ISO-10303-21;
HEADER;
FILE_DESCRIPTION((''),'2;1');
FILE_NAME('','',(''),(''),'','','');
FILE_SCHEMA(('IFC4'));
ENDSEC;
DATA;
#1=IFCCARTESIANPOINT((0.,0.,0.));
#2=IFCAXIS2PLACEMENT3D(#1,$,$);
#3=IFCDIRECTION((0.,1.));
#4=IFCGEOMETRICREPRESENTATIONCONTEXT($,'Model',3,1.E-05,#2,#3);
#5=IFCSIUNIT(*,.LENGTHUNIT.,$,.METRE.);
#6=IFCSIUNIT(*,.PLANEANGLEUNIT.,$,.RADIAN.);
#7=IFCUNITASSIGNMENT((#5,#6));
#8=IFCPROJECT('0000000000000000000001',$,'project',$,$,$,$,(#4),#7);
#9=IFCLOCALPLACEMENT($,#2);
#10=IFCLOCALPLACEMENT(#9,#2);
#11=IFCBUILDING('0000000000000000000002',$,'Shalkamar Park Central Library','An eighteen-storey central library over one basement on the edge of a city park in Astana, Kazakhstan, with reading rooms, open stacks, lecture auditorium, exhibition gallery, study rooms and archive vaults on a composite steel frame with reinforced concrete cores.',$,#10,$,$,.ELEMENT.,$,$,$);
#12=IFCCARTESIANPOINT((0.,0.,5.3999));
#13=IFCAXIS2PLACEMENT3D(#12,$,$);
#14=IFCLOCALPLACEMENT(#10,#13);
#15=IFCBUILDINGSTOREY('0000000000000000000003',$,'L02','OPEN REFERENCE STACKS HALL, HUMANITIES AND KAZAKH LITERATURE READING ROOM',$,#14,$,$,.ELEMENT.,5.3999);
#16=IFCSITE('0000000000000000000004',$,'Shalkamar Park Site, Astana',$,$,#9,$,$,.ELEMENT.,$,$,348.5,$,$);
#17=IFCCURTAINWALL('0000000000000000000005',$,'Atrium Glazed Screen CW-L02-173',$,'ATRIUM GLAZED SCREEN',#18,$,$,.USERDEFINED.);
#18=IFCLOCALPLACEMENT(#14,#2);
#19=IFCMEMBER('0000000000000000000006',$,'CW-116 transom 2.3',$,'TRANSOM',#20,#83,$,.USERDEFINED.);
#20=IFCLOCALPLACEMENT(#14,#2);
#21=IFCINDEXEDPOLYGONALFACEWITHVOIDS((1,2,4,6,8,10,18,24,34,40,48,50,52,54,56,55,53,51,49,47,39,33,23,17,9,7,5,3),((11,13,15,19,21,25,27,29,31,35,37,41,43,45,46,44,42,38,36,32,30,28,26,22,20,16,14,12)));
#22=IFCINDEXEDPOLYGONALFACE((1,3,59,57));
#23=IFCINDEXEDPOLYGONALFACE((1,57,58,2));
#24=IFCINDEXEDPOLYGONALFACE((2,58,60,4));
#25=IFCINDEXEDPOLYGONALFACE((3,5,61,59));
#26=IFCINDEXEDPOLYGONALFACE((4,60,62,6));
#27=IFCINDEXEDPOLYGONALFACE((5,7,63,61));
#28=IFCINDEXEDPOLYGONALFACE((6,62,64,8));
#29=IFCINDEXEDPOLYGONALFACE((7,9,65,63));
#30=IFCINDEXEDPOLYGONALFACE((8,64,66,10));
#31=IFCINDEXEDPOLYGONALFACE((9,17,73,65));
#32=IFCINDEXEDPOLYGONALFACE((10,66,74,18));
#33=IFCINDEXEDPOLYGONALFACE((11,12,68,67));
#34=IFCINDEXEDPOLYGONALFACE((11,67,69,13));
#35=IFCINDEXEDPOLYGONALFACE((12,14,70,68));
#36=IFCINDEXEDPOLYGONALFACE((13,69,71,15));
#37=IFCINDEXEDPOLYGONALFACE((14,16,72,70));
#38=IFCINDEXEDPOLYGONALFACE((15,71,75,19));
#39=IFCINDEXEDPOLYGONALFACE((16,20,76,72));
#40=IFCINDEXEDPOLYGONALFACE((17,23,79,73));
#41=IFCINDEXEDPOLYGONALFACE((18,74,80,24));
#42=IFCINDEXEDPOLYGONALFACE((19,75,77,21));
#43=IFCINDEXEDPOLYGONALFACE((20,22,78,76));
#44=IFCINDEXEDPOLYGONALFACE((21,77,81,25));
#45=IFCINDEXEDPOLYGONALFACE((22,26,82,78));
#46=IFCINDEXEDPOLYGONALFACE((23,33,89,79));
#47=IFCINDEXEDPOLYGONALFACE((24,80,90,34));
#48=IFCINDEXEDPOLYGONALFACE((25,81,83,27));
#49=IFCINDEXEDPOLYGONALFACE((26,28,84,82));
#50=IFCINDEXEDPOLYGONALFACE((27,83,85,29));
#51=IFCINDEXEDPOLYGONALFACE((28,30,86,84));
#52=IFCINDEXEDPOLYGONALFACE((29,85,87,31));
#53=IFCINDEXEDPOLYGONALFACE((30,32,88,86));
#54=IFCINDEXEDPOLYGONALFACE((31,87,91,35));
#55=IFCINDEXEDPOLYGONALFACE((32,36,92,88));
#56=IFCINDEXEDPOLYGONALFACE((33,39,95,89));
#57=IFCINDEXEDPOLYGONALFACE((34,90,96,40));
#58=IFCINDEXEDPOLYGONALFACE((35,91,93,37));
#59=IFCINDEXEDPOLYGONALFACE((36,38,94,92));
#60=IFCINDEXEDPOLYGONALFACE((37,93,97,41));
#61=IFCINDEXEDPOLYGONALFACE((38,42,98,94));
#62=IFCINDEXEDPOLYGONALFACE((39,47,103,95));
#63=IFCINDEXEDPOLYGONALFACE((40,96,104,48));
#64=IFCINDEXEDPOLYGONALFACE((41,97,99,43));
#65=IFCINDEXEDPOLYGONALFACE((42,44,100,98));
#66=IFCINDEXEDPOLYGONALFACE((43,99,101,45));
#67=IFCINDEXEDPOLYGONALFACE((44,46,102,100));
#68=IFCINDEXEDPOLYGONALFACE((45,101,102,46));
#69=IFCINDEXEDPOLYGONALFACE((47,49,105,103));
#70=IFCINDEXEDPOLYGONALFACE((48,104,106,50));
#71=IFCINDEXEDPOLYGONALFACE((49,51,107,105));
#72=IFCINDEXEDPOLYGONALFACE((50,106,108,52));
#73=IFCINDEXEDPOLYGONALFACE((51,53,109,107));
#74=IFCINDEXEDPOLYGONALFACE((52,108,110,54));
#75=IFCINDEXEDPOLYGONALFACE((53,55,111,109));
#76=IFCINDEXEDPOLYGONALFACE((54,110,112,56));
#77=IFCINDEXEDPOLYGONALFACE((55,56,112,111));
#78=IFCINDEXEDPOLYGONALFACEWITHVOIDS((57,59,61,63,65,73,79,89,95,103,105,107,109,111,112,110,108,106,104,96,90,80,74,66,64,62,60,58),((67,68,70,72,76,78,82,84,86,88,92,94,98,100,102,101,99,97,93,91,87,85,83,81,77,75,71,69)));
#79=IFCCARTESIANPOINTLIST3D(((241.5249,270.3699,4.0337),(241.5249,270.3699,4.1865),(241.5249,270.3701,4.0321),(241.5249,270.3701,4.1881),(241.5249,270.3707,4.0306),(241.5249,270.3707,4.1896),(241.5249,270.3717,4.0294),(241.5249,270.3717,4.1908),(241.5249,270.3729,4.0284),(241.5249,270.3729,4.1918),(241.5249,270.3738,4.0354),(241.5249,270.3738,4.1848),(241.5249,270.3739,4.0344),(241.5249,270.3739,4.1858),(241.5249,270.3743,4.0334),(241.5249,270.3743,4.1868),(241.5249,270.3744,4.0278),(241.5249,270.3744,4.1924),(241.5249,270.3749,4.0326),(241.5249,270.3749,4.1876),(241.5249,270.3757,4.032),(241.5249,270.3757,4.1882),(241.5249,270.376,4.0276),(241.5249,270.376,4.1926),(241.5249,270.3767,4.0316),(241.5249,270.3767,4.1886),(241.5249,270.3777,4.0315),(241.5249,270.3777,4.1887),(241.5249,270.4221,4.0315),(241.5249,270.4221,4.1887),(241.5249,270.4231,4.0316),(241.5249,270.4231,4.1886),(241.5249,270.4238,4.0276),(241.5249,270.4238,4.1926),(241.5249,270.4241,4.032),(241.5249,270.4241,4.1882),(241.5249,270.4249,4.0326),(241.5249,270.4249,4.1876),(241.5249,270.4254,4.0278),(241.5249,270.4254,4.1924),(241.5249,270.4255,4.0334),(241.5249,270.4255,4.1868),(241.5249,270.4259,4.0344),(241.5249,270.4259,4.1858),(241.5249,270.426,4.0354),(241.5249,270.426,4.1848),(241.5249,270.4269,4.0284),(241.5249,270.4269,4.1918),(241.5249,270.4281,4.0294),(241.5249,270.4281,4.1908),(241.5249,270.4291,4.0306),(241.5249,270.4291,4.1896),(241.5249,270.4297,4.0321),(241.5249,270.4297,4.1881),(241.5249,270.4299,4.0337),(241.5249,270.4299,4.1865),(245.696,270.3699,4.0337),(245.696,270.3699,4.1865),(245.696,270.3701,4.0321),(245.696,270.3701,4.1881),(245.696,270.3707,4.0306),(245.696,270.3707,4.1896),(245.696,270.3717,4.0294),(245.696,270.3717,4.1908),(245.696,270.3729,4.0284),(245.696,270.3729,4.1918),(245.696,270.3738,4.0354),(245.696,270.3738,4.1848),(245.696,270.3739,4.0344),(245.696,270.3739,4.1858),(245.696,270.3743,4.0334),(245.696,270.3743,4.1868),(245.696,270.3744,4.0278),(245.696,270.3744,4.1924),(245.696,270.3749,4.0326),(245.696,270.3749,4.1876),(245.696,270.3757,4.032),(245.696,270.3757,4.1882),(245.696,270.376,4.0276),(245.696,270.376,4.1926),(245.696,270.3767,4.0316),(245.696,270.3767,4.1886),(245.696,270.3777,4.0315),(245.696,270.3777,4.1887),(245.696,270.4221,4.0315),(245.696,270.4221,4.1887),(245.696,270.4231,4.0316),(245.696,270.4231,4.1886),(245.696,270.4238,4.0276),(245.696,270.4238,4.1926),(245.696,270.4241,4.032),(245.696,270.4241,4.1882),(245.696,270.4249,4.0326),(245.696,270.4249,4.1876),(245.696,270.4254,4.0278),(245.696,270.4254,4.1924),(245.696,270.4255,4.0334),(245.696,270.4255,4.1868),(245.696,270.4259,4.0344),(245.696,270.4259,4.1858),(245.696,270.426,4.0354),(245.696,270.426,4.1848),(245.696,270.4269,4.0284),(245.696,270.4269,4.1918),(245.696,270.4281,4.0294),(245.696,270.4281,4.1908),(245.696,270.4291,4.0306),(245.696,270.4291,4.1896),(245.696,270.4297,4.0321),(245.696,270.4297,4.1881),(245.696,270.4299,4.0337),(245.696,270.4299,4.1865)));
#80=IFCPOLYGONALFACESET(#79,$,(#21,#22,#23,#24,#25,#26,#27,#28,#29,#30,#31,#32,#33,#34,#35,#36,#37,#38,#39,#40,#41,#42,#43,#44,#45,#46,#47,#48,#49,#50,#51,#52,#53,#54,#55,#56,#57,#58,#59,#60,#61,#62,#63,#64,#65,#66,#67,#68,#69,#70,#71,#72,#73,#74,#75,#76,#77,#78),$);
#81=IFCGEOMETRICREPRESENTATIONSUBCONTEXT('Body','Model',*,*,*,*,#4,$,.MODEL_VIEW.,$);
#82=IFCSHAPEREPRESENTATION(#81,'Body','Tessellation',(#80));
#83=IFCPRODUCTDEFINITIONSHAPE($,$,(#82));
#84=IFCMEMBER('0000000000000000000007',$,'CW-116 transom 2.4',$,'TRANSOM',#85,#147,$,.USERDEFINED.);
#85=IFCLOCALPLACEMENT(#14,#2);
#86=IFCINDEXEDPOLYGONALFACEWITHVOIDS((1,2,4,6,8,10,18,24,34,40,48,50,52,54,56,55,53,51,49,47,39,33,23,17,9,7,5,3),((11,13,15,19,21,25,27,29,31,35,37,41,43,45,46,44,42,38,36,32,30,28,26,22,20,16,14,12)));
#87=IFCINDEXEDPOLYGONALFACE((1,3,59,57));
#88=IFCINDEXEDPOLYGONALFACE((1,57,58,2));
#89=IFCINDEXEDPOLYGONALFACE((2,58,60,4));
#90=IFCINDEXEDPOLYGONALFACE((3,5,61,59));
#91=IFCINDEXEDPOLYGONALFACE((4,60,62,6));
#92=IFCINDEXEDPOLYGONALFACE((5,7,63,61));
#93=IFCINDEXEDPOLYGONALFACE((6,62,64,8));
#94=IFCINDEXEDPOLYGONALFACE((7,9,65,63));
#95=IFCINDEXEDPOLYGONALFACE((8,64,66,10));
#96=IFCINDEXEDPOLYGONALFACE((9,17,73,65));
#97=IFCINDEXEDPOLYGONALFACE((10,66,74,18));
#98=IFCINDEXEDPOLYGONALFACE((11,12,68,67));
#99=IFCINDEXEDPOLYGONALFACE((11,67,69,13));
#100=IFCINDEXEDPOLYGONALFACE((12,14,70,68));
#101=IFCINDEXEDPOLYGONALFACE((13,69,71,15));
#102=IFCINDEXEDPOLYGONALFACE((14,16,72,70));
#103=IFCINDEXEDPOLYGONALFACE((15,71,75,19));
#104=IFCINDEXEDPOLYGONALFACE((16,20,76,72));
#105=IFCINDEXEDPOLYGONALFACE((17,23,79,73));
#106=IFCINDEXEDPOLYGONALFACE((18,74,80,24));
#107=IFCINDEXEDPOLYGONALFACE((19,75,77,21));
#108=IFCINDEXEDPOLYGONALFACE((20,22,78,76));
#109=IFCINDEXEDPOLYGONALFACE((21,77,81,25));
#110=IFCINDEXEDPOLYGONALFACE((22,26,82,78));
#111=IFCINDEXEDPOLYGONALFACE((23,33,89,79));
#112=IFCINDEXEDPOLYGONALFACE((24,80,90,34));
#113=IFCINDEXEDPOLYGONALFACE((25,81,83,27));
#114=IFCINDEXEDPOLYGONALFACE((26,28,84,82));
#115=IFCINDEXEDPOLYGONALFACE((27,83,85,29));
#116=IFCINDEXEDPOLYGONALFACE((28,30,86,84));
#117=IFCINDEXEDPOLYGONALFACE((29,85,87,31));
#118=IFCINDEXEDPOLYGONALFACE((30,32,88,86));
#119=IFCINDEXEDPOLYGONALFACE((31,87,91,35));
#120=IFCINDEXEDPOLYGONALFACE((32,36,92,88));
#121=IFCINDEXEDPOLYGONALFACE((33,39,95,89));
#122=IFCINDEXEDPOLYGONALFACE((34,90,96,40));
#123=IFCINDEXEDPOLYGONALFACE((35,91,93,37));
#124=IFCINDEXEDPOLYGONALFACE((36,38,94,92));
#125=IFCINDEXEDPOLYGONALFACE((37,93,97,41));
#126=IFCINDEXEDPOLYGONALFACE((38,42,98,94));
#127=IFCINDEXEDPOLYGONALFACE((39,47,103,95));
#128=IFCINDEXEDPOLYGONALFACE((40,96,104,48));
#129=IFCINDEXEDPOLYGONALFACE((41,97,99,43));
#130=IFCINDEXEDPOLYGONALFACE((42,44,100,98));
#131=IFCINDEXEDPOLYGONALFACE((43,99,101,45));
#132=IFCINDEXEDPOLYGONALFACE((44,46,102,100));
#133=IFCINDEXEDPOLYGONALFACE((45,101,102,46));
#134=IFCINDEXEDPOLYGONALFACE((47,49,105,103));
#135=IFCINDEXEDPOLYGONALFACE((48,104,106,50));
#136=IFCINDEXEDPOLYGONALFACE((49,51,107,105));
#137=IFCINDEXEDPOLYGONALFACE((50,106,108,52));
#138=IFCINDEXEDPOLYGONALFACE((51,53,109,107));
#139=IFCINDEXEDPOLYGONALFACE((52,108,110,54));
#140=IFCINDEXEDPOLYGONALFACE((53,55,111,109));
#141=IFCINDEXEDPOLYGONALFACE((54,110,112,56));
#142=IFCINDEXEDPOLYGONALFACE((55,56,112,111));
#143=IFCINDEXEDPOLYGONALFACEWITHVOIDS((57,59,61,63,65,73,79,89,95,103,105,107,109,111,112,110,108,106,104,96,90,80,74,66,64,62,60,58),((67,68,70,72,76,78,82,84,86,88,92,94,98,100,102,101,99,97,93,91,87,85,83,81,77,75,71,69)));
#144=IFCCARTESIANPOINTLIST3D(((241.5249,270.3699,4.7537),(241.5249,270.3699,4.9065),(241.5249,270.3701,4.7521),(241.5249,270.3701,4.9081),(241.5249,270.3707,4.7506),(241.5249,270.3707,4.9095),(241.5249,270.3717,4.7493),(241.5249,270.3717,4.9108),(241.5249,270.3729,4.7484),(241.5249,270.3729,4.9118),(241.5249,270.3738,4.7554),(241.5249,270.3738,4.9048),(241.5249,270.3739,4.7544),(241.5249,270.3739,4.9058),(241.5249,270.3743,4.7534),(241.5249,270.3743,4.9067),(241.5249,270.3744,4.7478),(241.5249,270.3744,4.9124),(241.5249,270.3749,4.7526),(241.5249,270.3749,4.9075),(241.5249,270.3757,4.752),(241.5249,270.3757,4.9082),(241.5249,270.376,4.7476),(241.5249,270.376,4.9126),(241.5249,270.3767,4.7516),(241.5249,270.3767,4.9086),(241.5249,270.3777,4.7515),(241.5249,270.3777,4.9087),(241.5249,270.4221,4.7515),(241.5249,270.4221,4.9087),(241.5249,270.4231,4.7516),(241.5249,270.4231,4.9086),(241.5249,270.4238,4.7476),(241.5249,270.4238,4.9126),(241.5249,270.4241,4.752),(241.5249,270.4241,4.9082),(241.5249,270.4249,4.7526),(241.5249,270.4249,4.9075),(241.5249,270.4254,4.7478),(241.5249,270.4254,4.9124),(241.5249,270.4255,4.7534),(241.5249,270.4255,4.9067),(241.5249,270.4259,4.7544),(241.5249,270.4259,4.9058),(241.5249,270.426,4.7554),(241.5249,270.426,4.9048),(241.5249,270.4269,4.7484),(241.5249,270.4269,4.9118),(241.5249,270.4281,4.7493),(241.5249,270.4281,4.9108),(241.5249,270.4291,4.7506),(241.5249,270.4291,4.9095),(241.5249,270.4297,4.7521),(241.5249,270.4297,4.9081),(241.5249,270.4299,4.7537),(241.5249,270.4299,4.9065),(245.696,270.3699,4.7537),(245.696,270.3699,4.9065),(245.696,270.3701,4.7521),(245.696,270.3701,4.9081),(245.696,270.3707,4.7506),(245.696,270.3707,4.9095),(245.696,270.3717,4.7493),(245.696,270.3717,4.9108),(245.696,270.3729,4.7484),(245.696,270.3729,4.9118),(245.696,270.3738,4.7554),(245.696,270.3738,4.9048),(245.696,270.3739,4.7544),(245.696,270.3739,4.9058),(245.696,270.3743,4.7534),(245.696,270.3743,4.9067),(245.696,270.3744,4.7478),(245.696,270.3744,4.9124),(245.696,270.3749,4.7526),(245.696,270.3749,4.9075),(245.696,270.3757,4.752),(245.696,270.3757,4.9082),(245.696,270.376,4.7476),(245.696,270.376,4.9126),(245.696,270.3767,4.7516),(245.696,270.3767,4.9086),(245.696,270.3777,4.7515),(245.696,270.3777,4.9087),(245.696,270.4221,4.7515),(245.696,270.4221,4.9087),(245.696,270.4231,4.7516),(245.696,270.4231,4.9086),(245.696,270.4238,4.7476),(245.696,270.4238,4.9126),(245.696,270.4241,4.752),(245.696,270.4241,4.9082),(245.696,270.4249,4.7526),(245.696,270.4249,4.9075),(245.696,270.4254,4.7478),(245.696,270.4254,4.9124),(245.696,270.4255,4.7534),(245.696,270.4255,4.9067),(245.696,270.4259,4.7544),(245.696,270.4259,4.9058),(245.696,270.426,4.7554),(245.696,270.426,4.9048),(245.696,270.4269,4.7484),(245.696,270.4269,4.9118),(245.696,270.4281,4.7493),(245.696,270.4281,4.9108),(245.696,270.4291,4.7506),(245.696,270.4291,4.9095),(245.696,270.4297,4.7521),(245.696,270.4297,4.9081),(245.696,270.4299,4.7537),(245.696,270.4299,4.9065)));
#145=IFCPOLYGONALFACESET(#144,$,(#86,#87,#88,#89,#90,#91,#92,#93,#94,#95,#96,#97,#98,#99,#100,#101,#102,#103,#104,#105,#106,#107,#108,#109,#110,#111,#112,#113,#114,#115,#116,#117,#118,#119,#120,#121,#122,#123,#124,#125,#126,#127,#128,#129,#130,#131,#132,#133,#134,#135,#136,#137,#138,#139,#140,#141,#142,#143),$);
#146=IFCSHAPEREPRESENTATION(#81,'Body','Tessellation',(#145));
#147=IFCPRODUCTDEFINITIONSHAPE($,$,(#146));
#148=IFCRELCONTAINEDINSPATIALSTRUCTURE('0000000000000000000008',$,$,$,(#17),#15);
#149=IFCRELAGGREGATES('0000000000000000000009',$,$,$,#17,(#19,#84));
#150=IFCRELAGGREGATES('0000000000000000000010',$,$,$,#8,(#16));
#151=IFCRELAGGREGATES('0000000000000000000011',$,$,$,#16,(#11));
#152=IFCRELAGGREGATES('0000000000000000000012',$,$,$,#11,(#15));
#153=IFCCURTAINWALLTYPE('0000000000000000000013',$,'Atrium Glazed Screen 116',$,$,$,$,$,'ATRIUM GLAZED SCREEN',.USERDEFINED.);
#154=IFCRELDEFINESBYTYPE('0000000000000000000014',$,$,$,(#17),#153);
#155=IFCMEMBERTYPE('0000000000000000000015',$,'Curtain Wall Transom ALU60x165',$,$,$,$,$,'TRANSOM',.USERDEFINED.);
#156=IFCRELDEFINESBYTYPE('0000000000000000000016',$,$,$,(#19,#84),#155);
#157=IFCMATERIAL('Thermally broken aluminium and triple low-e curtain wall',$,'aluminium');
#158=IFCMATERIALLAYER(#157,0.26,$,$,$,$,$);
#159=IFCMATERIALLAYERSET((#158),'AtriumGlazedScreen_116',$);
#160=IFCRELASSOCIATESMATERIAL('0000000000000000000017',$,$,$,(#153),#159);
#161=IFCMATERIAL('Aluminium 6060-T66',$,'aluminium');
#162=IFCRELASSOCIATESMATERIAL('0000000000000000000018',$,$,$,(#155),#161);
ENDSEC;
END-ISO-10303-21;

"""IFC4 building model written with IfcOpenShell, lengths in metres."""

from ifc_helpers import new_model, si_unit, direction, frame, origin, origin_2d, place, context, subcontext, project, spatial, hollow_rectangle, extrude, material, layer, layer_set, material_profile, profile_set, type_object, element, aggregate, save


model = new_model("IFC4")

# Units and contexts
model_context = context("Model", 3, precision=1e-05, world=origin(), true_north=direction((0.0, 1.0)))
body_context = subcontext(model_context, "Body", "Model", "MODEL_VIEW")
ifc_project = project(units=[si_unit("LENGTHUNIT", "METRE"), si_unit("PLANEANGLEUNIT", "RADIAN")], contexts=[model_context])

# Site, building, storey
site_placement = place(None, origin())
site = spatial("IfcSite", under=ifc_project, at=site_placement, Name="Shalkamar Park Site, Astana", CompositionType="ELEMENT", RefElevation=348.5)
building_placement = place(site_placement, origin())
building = spatial("IfcBuilding", under=site, at=building_placement, Name="Shalkamar Park Central Library", Description="An eighteen-storey central library over one basement on the edge of a city park in Astana, Kazakhstan, with reading rooms, open stacks, lecture auditorium, exhibition gallery, study rooms and archive vaults on a composite steel frame with reinforced concrete cores.", CompositionType="ELEMENT")
storey_placement = place(building_placement, frame((0.0, 0.0, 5.3999)))
storey = spatial("IfcBuildingStorey", under=building, at=storey_placement, Name="L02", Description="OPEN REFERENCE STACKS HALL, HUMANITIES AND KAZAKH LITERATURE READING ROOM", CompositionType="ELEMENT", Elevation=5.3999)

# Curtain wall
ifc_material_1 = material(Name="Thermally broken aluminium and triple low-e curtain wall", Category="aluminium")
ifc_layer_1 = layer(ifc_material_1, 0.26)
ifc_layer_set_1 = layer_set([ifc_layer_1], Name="AtriumGlazedScreen_116")
curtain_wall_type_1 = type_object("IfcCurtainWallType", Name="Atrium Glazed Screen 116", ElementType="ATRIUM GLAZED SCREEN", PredefinedType="USERDEFINED", material=ifc_layer_set_1)
curtain_wall_1_placement = place(storey_placement, origin())
curtain_wall_1 = element("IfcCurtainWall", 1, at=curtain_wall_1_placement, inside=storey, type_object=curtain_wall_type_1, Name="Atrium Glazed Screen CW-L02-173", ObjectType="ATRIUM GLAZED SCREEN", PredefinedType="USERDEFINED")
ifc_material_2 = material(Name="Aluminium 6060-T66", Category="aluminium")

# Members
ifc_material_profile_1 = material_profile(ifc_material_2, hollow_rectangle(XDim=0.0601, YDim=0.165, WallThickness=0.0039, InnerFilletRadius=0.0039, OuterFilletRadius=0.0061, at=origin_2d()), Name="ALU 60x165x4")
ifc_profile_set_1 = profile_set([ifc_material_profile_1], Name="Aluminium 6060-T66")
member_type_1 = type_object("IfcMemberType", Name="Curtain Wall Transom ALU60x165", ElementType="TRANSOM", PredefinedType="USERDEFINED", material=ifc_profile_set_1)
member_1_placement = place(storey_placement, frame((241.5249, 270.3999, 4.1101), z_axis=(1.0, 0.0, 0.0), x_axis=(0.0, 1.0, 0.0)))
member_1 = element("IfcMember", 2, at=member_1_placement, type_object=member_type_1, Name="CW-116 transom 2.3", ObjectType="TRANSOM", PredefinedType="USERDEFINED", context=body_context, shape_type="SweptSolid", body=[
    extrude(hollow_rectangle(XDim=0.0601, YDim=0.165, WallThickness=0.0039, InnerFilletRadius=0.0039, OuterFilletRadius=0.0061, at=origin_2d()), origin(), (0.0, 0.0, 1.0), 4.1711),
])
member_2_placement = place(storey_placement, frame((241.5249, 270.3999, 4.8301), z_axis=(1.0, 0.0, 0.0), x_axis=(0.0, 1.0, 0.0)))
member_2 = element("IfcMember", 3, at=member_2_placement, type_object=member_type_1, Name="CW-116 transom 2.4", ObjectType="TRANSOM", PredefinedType="USERDEFINED", context=body_context, shape_type="SweptSolid", body=[
    extrude(hollow_rectangle(XDim=0.0601, YDim=0.165, WallThickness=0.0039, InnerFilletRadius=0.0039, OuterFilletRadius=0.0061, at=origin_2d()), origin(), (0.0, 0.0, 1.0), 4.1711),
])

aggregate(curtain_wall_1, [member_1, member_2])

save(model, "model.ifc")
